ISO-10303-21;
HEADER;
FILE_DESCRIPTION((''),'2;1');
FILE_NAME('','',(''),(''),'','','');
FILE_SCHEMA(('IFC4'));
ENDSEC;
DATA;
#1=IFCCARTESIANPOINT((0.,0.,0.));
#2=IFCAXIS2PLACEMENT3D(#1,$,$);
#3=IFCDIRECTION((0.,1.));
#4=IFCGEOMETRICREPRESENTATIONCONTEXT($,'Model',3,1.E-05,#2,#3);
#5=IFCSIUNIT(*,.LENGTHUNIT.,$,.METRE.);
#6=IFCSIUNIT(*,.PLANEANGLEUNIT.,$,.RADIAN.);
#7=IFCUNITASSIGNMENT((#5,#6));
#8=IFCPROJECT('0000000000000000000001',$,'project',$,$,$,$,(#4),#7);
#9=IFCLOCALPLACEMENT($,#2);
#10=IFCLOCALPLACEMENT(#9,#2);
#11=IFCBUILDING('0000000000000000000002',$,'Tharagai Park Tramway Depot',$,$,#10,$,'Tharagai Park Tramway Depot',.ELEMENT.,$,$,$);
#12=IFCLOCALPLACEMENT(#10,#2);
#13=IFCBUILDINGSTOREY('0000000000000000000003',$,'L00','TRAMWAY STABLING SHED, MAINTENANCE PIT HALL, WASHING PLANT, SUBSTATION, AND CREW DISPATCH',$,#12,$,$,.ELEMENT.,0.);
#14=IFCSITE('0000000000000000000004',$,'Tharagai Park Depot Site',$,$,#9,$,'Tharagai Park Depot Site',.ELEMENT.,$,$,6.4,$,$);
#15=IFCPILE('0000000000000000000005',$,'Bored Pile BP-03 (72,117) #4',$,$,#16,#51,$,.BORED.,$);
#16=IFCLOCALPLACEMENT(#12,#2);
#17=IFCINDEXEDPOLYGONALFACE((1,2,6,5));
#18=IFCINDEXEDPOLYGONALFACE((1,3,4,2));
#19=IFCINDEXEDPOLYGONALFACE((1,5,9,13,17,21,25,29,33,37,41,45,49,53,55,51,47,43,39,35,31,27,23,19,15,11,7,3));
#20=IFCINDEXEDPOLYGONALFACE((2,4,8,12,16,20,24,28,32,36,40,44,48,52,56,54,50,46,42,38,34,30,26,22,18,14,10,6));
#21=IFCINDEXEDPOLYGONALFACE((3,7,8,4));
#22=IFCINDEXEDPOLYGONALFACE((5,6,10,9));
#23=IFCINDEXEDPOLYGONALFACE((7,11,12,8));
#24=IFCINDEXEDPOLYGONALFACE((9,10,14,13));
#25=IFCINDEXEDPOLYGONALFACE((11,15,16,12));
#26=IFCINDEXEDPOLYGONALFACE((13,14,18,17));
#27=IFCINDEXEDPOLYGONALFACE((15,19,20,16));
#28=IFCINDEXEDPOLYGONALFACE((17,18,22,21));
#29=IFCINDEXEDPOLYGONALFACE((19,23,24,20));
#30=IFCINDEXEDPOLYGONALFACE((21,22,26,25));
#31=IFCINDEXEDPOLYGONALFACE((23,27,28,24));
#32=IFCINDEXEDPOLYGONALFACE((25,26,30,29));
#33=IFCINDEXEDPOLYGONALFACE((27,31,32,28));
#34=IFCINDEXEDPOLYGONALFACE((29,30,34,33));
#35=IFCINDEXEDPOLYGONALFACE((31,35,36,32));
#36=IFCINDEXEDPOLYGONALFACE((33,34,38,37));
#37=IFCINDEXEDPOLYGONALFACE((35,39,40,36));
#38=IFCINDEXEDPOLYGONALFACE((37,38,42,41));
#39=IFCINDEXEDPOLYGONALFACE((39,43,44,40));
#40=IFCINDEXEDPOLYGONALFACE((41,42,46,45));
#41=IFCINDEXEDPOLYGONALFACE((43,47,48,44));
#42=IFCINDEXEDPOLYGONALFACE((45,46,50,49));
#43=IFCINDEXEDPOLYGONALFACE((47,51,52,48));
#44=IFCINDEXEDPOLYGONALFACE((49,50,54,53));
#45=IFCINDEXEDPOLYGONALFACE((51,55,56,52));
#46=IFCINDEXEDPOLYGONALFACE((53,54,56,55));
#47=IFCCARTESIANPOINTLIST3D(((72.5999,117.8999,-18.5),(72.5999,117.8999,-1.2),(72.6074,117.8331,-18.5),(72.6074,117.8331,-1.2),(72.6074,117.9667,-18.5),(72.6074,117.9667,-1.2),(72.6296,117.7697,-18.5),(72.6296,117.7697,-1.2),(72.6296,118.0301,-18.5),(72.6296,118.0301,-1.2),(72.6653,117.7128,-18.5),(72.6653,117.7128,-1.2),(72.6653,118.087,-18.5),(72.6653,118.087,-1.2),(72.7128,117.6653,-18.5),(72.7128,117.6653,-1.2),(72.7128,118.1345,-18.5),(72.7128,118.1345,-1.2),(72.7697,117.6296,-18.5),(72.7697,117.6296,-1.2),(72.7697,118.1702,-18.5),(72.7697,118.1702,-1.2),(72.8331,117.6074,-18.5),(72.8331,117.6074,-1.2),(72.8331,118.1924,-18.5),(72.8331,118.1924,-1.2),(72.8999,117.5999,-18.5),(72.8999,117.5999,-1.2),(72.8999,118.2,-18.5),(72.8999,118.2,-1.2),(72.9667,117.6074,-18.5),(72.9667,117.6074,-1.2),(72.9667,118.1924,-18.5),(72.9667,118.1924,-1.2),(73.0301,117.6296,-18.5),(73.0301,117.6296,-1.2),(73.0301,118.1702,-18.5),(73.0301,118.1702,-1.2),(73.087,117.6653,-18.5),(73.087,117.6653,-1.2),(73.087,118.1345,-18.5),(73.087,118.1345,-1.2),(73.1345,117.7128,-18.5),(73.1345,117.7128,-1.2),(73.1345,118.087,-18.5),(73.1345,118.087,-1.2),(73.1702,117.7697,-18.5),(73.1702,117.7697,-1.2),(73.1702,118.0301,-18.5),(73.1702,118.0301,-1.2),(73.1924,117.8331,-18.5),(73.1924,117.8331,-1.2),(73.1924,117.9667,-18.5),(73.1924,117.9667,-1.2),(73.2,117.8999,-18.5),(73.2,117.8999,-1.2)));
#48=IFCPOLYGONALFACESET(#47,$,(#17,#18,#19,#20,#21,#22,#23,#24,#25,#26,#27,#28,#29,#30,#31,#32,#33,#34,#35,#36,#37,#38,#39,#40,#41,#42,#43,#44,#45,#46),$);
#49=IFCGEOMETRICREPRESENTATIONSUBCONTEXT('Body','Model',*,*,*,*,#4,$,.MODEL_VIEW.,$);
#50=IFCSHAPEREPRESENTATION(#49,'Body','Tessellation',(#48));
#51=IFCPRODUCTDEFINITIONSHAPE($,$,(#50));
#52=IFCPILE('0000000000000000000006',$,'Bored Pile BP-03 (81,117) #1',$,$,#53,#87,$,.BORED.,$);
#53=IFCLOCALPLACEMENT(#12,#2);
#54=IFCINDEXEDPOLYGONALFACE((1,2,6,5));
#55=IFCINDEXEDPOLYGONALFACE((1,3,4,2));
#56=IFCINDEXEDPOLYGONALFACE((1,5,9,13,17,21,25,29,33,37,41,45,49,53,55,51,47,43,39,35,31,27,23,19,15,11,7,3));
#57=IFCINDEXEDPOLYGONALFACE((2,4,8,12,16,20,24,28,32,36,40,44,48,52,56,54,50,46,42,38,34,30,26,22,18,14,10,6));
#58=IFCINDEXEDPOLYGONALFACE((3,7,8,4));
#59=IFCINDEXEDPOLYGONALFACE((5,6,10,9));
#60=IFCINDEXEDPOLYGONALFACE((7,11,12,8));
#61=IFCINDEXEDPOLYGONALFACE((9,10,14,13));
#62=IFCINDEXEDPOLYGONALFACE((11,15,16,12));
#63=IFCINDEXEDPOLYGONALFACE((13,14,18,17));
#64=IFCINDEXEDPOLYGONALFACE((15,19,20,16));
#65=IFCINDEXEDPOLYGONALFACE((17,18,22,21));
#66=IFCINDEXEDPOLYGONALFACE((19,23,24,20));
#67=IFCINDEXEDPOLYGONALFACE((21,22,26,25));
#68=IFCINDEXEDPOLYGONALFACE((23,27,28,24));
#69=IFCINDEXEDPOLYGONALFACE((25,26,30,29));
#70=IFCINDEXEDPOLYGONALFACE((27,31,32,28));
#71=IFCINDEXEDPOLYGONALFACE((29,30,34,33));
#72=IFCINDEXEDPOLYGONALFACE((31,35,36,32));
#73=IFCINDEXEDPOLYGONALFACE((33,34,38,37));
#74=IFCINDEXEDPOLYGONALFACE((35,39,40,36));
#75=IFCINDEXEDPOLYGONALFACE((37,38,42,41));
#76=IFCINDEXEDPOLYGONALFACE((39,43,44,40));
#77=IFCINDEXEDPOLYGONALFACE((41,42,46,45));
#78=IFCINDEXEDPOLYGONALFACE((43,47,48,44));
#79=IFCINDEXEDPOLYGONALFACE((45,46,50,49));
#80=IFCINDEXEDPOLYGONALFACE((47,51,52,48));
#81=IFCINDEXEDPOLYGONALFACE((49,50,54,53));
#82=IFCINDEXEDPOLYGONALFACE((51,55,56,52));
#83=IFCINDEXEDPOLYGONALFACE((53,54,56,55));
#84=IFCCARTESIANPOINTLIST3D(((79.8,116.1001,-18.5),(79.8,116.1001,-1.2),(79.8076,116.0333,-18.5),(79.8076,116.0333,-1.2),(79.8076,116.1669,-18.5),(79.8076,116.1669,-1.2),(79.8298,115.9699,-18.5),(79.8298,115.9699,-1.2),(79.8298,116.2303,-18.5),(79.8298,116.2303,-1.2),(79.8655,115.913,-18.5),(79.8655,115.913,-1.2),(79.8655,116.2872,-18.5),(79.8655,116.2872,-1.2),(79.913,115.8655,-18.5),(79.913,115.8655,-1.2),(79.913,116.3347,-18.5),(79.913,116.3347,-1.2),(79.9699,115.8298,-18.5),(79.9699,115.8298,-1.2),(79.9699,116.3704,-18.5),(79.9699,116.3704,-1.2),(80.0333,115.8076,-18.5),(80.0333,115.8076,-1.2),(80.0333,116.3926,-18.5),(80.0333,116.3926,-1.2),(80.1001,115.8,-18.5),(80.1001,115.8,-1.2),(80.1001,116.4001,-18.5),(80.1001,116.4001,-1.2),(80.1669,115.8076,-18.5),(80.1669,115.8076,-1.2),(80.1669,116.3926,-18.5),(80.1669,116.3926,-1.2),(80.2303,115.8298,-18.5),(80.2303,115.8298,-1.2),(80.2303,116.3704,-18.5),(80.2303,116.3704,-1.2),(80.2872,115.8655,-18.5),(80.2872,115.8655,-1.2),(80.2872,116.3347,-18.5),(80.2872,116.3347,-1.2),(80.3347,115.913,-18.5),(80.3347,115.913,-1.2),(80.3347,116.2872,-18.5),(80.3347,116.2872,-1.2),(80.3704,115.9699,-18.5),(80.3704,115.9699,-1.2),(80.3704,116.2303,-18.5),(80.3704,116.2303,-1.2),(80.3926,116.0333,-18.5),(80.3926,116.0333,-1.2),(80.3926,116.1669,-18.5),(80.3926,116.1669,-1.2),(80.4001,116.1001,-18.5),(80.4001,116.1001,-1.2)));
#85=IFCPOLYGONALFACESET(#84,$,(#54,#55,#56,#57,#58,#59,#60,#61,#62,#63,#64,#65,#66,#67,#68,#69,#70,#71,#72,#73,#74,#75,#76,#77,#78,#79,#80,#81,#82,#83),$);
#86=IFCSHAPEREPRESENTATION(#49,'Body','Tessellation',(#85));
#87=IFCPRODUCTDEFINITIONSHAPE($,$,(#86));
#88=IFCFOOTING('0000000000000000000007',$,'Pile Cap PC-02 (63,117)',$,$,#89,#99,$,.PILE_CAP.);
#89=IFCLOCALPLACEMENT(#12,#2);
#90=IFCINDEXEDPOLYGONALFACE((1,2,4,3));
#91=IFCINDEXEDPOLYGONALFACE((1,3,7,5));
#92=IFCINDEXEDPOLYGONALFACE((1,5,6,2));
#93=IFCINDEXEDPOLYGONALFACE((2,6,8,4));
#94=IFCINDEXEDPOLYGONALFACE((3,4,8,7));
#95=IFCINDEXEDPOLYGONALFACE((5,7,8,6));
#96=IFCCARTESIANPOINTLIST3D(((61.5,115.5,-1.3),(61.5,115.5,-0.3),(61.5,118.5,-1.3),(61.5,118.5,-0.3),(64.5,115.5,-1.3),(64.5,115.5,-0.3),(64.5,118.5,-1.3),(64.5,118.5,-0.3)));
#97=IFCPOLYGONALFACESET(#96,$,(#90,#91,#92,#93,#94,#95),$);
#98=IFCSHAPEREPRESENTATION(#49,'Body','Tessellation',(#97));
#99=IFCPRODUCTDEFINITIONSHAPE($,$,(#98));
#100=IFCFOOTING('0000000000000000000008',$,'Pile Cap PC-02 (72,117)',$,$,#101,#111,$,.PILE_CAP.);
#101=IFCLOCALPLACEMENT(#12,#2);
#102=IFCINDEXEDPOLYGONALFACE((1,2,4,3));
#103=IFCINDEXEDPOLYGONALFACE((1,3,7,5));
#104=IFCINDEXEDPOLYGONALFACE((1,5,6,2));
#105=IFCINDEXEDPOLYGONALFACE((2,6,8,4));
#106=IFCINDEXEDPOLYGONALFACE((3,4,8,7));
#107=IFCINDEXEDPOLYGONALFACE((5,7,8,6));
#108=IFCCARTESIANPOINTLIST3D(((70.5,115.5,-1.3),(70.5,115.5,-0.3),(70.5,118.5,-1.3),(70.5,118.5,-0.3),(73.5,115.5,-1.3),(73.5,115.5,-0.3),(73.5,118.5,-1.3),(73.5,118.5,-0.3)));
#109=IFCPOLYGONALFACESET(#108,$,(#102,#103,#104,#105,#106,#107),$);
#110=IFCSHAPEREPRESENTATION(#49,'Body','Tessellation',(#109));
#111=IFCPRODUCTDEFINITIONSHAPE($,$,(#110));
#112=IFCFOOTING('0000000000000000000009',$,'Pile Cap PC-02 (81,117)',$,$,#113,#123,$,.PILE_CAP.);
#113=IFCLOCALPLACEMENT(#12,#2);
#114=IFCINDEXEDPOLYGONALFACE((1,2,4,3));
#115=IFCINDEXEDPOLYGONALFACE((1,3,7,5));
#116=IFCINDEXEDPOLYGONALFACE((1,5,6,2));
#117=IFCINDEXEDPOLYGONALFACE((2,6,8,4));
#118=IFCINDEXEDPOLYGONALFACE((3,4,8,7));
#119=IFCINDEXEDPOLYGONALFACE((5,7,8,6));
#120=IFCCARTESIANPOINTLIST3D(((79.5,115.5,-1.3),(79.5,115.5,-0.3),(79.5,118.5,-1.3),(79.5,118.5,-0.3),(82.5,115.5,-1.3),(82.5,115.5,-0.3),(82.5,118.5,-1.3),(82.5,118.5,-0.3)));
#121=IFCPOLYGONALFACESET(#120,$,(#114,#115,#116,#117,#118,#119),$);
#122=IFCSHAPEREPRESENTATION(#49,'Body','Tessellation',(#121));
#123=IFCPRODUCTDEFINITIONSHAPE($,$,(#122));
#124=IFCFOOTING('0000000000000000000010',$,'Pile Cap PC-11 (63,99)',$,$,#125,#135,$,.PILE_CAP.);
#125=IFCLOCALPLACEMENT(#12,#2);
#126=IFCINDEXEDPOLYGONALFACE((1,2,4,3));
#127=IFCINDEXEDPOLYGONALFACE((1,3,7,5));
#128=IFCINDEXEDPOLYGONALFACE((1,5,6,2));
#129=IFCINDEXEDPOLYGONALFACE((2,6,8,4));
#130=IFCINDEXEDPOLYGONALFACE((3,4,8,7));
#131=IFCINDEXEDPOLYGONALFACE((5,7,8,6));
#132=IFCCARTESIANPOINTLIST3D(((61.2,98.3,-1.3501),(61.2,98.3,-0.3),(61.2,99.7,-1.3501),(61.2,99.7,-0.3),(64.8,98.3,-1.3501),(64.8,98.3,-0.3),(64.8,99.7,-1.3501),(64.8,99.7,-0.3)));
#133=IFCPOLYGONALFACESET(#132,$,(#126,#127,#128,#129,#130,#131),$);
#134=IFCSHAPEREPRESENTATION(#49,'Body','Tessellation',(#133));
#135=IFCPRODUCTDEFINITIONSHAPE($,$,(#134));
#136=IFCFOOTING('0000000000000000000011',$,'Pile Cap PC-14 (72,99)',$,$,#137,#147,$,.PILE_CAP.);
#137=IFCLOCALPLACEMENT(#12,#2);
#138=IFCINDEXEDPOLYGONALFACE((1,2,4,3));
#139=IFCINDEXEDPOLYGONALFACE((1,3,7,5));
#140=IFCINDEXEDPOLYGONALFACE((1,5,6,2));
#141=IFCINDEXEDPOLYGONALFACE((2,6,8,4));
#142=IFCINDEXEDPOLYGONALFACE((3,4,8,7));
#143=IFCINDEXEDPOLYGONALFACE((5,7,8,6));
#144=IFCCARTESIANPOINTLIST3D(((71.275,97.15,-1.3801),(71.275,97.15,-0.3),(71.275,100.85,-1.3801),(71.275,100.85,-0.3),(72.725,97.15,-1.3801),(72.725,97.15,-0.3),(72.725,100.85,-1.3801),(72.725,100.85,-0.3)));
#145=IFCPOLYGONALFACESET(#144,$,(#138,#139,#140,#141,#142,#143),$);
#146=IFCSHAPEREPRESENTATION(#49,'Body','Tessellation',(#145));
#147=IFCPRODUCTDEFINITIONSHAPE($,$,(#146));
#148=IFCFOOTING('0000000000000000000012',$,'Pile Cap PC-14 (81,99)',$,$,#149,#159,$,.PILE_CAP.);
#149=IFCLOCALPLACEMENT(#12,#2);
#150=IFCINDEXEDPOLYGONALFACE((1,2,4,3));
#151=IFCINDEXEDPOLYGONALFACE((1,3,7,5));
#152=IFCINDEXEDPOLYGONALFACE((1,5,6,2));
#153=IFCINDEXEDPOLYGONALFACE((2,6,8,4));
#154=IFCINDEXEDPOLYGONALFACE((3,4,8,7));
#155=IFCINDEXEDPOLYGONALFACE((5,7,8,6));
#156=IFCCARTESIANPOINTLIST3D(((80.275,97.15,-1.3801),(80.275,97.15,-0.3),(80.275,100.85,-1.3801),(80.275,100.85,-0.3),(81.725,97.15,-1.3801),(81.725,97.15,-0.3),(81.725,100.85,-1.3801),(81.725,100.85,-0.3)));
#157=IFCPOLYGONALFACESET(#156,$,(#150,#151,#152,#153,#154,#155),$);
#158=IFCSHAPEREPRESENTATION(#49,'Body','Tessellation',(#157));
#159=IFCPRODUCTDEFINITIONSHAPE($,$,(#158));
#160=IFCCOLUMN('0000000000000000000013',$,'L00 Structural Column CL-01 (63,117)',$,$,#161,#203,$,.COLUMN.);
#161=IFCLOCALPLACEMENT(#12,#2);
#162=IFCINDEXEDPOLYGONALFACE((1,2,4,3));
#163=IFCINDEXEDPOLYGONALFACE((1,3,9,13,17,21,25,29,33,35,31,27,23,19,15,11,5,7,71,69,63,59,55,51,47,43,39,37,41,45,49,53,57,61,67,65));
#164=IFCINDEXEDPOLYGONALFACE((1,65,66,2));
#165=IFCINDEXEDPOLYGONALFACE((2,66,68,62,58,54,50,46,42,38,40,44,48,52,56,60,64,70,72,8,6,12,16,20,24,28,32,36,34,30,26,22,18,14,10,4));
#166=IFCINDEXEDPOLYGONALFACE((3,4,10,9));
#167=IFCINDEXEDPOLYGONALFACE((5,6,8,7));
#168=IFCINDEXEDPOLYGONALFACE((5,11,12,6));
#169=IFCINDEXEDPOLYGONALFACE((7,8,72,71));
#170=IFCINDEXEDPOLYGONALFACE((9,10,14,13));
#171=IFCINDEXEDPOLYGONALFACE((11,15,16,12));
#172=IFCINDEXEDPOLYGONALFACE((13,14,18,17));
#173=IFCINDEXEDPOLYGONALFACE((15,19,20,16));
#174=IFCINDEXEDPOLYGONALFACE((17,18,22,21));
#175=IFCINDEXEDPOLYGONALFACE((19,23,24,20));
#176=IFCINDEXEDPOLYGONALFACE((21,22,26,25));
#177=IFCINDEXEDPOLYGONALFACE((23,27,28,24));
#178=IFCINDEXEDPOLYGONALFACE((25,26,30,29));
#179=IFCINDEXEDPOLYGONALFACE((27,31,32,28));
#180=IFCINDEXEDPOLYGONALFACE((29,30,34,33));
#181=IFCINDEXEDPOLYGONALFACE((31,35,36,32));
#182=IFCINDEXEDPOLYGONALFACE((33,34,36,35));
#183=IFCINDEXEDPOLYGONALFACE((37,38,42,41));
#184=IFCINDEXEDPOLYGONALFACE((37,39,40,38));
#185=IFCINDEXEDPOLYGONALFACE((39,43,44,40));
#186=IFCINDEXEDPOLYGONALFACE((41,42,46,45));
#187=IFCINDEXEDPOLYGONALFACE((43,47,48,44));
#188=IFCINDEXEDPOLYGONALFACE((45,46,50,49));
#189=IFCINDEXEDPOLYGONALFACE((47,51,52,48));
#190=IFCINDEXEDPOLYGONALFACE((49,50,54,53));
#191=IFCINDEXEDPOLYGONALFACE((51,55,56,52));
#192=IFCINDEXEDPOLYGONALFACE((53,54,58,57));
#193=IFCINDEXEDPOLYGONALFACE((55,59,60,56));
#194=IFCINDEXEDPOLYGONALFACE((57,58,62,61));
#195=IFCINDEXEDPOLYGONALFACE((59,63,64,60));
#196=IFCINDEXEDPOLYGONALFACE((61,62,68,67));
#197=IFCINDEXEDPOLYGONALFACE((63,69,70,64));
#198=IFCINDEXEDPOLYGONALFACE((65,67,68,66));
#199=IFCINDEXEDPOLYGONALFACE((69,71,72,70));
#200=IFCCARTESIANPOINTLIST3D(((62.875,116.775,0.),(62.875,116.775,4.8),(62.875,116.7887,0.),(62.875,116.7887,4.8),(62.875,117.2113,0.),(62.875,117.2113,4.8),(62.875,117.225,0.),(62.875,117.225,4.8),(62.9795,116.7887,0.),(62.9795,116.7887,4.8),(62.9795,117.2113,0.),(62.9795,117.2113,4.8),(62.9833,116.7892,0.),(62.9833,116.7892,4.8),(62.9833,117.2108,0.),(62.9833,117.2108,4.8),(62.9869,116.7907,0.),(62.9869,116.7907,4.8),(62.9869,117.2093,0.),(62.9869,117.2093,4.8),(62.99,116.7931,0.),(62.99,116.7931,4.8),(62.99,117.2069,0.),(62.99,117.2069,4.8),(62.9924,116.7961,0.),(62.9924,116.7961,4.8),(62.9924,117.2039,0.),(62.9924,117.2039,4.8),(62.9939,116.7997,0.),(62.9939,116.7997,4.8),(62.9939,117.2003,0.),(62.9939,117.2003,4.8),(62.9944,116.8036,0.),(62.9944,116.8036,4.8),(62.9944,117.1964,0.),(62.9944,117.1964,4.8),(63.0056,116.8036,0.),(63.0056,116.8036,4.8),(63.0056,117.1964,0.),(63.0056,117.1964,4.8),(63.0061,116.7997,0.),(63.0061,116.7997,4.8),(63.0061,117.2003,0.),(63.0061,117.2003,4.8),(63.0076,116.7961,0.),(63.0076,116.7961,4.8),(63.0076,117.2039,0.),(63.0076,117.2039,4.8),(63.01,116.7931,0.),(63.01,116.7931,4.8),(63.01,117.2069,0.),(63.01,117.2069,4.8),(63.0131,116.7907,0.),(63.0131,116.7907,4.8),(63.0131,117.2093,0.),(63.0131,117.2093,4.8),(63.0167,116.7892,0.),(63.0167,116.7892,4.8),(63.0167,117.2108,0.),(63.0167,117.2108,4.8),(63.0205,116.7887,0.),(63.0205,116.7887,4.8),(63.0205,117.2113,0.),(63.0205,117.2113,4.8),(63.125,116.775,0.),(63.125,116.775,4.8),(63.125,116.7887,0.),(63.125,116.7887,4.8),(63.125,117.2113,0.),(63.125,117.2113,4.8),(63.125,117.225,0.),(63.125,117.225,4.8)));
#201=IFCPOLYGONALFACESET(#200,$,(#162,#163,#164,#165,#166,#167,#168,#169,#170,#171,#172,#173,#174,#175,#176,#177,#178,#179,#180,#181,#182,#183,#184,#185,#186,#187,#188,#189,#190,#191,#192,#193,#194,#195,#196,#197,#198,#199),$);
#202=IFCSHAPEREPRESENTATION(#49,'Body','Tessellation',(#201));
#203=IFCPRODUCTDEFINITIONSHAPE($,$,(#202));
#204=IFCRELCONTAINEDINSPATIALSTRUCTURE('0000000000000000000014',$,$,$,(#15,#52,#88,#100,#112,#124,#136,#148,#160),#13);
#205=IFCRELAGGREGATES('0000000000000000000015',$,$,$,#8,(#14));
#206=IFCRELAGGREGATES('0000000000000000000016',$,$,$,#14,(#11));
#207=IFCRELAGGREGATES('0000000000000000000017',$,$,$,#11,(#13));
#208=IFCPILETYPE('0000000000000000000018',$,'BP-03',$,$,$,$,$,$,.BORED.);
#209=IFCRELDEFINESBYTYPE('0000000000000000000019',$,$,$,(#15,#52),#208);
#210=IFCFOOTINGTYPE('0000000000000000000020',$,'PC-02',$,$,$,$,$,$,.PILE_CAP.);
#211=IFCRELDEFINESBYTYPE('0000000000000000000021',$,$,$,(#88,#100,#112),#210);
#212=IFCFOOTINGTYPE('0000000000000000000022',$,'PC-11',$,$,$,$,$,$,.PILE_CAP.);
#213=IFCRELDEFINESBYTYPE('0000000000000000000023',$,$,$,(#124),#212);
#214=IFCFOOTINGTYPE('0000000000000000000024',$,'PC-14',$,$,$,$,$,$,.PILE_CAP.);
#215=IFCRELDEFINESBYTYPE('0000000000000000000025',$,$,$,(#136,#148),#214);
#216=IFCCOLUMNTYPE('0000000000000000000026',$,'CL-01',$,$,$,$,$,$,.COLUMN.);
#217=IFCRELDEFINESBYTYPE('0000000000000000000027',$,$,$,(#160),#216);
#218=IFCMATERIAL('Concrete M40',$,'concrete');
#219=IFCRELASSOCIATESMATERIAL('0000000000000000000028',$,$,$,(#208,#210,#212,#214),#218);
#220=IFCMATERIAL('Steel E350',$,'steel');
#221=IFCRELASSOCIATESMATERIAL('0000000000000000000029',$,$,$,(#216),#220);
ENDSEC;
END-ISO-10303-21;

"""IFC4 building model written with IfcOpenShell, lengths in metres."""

from ifc_helpers import new_model, si_unit, direction, frame, origin, origin_2d, place, context, subcontext, project, spatial, rectangle, circle, i_section, extrude, material, material_profile, profile_set, type_object, element, save


model = new_model("IFC4")

# Units and contexts
model_context = context("Model", 3, precision=1e-05, world=origin(), true_north=direction((0.0, 1.0)))
body_context = subcontext(model_context, "Body", "Model", "MODEL_VIEW")
ifc_project = project(units=[si_unit("LENGTHUNIT", "METRE"), si_unit("PLANEANGLEUNIT", "RADIAN")], contexts=[model_context])

# Site, building, storey
site_placement = place(None, origin())
site = spatial("IfcSite", under=ifc_project, at=site_placement, Name="Tharagai Park Depot Site", LongName="Tharagai Park Depot Site", CompositionType="ELEMENT", RefElevation=6.4)
building_placement = place(site_placement, origin())
building = spatial("IfcBuilding", under=site, at=building_placement, Name="Tharagai Park Tramway Depot", LongName="Tharagai Park Tramway Depot", CompositionType="ELEMENT")
storey_placement = place(building_placement, origin())
storey = spatial("IfcBuildingStorey", under=building, at=storey_placement, Name="L00", Description="TRAMWAY STABLING SHED, MAINTENANCE PIT HALL, WASHING PLANT, SUBSTATION, AND CREW DISPATCH", CompositionType="ELEMENT", Elevation=0.0)

# Piles
ifc_material_1 = material(Name="Concrete M40", Category="concrete")
ifc_material_profile_1 = material_profile(ifc_material_1, circle(Radius=0.3, at=origin_2d()), Name="PILE D600")
ifc_profile_set_1 = profile_set([ifc_material_profile_1], Name="Concrete M40")
pile_type_1 = type_object("IfcPileType", Name="BP-03", PredefinedType="BORED", material=ifc_profile_set_1)
for number, where, z_axis, x_axis, name in (
    (1, (72.8999, 117.8999, -1.2), (0.0, 0.0, -1.0), (1.0, 0.0, 0.0), "Bored Pile BP-03 (72,117) #4"),
    (2, (80.1001, 116.1001, -1.2), (0.0, 0.0, -1.0), (1.0, 0.0, 0.0), "Bored Pile BP-03 (81,117) #1"),
):
    element("IfcPile", number, at=place(storey_placement, frame(where, z_axis=z_axis, x_axis=x_axis)), inside=storey, type_object=pile_type_1, Name=name, PredefinedType="BORED", context=body_context, shape_type="SweptSolid", body=[
        extrude(circle(Radius=0.3, at=origin_2d()), origin(), (0.0, 0.0, 1.0), 17.3),
    ])

# Footings
footing_type_1 = type_object("IfcFootingType", Name="PC-02", PredefinedType="PILE_CAP", material=ifc_material_1)
for number, where, z_axis, x_axis, name in (
    (3, (63.0, 117.0, -1.3), (0.0, 0.0, 1.0), (1.0, 0.0, 0.0), "Pile Cap PC-02 (63,117)"),
    (4, (72.0, 117.0, -1.3), (0.0, 0.0, 1.0), (1.0, 0.0, 0.0), "Pile Cap PC-02 (72,117)"),
    (5, (81.0, 117.0, -1.3), (0.0, 0.0, 1.0), (1.0, 0.0, 0.0), "Pile Cap PC-02 (81,117)"),
):
    element("IfcFooting", number, at=place(storey_placement, frame(where, z_axis=z_axis, x_axis=x_axis)), inside=storey, type_object=footing_type_1, Name=name, PredefinedType="PILE_CAP", context=body_context, shape_type="SweptSolid", body=[
        extrude(rectangle(XDim=3.0, YDim=3.0, at=origin_2d()), origin(), (0.0, 0.0, 1.0), 1.0),
    ])
footing_type_2 = type_object("IfcFootingType", Name="PC-11", PredefinedType="PILE_CAP", material=ifc_material_1)
footing_placement = place(storey_placement, frame((63.0, 99.0, -1.3501), z_axis=(0.0, 0.0, 1.0), x_axis=(1.0, 0.0, 0.0)))
element("IfcFooting", 6, at=footing_placement, inside=storey, type_object=footing_type_2, Name="Pile Cap PC-11 (63,99)", PredefinedType="PILE_CAP", context=body_context, shape_type="SweptSolid", body=[
    extrude(rectangle(XDim=3.6001, YDim=1.3999, at=origin_2d()), origin(), (0.0, 0.0, 1.0), 1.05),
])
footing_type_3 = type_object("IfcFootingType", Name="PC-14", PredefinedType="PILE_CAP", material=ifc_material_1)
for number, where, z_axis, x_axis, name in (
    (7, (72.0, 99.0, -1.3801), (0.0, 0.0, 1.0), (1.0, 0.0, 0.0), "Pile Cap PC-14 (72,99)"),
    (8, (81.0, 99.0, -1.3801), (0.0, 0.0, 1.0), (1.0, 0.0, 0.0), "Pile Cap PC-14 (81,99)"),
):
    element("IfcFooting", number, at=place(storey_placement, frame(where, z_axis=z_axis, x_axis=x_axis)), inside=storey, type_object=footing_type_3, Name=name, PredefinedType="PILE_CAP", context=body_context, shape_type="SweptSolid", body=[
        extrude(rectangle(XDim=1.45, YDim=3.7, at=origin_2d()), origin(), (0.0, 0.0, 1.0), 1.0801),
    ])

# Column
ifc_material_2 = material(Name="Steel E350", Category="steel")
ifc_material_profile_2 = material_profile(ifc_material_2, i_section(OverallWidth=0.25, OverallDepth=0.45, WebThickness=0.0112, FlangeThickness=0.0137, FilletRadius=0.0149, at=origin_2d()), Name="ISHB 450")
ifc_profile_set_2 = profile_set([ifc_material_profile_2], Name="Steel E350")
column_type_1 = type_object("IfcColumnType", Name="CL-01", PredefinedType="COLUMN", material=ifc_profile_set_2)
for number, where, z_axis, x_axis, name in (
    (9, (63.0, 117.0, 0.0), (0.0, 0.0, 1.0), (1.0, 0.0, 0.0), "L00 Structural Column CL-01 (63,117)"),
):
    element("IfcColumn", number, at=place(storey_placement, frame(where, z_axis=z_axis, x_axis=x_axis)), inside=storey, type_object=column_type_1, Name=name, PredefinedType="COLUMN", context=body_context, shape_type="SweptSolid", body=[
        extrude(i_section(OverallWidth=0.25, OverallDepth=0.45, WebThickness=0.0112, FlangeThickness=0.0137, FilletRadius=0.0149, at=origin_2d()), origin(), (0.0, 0.0, 1.0), 4.8),
    ])

save(model, "model.ifc")
